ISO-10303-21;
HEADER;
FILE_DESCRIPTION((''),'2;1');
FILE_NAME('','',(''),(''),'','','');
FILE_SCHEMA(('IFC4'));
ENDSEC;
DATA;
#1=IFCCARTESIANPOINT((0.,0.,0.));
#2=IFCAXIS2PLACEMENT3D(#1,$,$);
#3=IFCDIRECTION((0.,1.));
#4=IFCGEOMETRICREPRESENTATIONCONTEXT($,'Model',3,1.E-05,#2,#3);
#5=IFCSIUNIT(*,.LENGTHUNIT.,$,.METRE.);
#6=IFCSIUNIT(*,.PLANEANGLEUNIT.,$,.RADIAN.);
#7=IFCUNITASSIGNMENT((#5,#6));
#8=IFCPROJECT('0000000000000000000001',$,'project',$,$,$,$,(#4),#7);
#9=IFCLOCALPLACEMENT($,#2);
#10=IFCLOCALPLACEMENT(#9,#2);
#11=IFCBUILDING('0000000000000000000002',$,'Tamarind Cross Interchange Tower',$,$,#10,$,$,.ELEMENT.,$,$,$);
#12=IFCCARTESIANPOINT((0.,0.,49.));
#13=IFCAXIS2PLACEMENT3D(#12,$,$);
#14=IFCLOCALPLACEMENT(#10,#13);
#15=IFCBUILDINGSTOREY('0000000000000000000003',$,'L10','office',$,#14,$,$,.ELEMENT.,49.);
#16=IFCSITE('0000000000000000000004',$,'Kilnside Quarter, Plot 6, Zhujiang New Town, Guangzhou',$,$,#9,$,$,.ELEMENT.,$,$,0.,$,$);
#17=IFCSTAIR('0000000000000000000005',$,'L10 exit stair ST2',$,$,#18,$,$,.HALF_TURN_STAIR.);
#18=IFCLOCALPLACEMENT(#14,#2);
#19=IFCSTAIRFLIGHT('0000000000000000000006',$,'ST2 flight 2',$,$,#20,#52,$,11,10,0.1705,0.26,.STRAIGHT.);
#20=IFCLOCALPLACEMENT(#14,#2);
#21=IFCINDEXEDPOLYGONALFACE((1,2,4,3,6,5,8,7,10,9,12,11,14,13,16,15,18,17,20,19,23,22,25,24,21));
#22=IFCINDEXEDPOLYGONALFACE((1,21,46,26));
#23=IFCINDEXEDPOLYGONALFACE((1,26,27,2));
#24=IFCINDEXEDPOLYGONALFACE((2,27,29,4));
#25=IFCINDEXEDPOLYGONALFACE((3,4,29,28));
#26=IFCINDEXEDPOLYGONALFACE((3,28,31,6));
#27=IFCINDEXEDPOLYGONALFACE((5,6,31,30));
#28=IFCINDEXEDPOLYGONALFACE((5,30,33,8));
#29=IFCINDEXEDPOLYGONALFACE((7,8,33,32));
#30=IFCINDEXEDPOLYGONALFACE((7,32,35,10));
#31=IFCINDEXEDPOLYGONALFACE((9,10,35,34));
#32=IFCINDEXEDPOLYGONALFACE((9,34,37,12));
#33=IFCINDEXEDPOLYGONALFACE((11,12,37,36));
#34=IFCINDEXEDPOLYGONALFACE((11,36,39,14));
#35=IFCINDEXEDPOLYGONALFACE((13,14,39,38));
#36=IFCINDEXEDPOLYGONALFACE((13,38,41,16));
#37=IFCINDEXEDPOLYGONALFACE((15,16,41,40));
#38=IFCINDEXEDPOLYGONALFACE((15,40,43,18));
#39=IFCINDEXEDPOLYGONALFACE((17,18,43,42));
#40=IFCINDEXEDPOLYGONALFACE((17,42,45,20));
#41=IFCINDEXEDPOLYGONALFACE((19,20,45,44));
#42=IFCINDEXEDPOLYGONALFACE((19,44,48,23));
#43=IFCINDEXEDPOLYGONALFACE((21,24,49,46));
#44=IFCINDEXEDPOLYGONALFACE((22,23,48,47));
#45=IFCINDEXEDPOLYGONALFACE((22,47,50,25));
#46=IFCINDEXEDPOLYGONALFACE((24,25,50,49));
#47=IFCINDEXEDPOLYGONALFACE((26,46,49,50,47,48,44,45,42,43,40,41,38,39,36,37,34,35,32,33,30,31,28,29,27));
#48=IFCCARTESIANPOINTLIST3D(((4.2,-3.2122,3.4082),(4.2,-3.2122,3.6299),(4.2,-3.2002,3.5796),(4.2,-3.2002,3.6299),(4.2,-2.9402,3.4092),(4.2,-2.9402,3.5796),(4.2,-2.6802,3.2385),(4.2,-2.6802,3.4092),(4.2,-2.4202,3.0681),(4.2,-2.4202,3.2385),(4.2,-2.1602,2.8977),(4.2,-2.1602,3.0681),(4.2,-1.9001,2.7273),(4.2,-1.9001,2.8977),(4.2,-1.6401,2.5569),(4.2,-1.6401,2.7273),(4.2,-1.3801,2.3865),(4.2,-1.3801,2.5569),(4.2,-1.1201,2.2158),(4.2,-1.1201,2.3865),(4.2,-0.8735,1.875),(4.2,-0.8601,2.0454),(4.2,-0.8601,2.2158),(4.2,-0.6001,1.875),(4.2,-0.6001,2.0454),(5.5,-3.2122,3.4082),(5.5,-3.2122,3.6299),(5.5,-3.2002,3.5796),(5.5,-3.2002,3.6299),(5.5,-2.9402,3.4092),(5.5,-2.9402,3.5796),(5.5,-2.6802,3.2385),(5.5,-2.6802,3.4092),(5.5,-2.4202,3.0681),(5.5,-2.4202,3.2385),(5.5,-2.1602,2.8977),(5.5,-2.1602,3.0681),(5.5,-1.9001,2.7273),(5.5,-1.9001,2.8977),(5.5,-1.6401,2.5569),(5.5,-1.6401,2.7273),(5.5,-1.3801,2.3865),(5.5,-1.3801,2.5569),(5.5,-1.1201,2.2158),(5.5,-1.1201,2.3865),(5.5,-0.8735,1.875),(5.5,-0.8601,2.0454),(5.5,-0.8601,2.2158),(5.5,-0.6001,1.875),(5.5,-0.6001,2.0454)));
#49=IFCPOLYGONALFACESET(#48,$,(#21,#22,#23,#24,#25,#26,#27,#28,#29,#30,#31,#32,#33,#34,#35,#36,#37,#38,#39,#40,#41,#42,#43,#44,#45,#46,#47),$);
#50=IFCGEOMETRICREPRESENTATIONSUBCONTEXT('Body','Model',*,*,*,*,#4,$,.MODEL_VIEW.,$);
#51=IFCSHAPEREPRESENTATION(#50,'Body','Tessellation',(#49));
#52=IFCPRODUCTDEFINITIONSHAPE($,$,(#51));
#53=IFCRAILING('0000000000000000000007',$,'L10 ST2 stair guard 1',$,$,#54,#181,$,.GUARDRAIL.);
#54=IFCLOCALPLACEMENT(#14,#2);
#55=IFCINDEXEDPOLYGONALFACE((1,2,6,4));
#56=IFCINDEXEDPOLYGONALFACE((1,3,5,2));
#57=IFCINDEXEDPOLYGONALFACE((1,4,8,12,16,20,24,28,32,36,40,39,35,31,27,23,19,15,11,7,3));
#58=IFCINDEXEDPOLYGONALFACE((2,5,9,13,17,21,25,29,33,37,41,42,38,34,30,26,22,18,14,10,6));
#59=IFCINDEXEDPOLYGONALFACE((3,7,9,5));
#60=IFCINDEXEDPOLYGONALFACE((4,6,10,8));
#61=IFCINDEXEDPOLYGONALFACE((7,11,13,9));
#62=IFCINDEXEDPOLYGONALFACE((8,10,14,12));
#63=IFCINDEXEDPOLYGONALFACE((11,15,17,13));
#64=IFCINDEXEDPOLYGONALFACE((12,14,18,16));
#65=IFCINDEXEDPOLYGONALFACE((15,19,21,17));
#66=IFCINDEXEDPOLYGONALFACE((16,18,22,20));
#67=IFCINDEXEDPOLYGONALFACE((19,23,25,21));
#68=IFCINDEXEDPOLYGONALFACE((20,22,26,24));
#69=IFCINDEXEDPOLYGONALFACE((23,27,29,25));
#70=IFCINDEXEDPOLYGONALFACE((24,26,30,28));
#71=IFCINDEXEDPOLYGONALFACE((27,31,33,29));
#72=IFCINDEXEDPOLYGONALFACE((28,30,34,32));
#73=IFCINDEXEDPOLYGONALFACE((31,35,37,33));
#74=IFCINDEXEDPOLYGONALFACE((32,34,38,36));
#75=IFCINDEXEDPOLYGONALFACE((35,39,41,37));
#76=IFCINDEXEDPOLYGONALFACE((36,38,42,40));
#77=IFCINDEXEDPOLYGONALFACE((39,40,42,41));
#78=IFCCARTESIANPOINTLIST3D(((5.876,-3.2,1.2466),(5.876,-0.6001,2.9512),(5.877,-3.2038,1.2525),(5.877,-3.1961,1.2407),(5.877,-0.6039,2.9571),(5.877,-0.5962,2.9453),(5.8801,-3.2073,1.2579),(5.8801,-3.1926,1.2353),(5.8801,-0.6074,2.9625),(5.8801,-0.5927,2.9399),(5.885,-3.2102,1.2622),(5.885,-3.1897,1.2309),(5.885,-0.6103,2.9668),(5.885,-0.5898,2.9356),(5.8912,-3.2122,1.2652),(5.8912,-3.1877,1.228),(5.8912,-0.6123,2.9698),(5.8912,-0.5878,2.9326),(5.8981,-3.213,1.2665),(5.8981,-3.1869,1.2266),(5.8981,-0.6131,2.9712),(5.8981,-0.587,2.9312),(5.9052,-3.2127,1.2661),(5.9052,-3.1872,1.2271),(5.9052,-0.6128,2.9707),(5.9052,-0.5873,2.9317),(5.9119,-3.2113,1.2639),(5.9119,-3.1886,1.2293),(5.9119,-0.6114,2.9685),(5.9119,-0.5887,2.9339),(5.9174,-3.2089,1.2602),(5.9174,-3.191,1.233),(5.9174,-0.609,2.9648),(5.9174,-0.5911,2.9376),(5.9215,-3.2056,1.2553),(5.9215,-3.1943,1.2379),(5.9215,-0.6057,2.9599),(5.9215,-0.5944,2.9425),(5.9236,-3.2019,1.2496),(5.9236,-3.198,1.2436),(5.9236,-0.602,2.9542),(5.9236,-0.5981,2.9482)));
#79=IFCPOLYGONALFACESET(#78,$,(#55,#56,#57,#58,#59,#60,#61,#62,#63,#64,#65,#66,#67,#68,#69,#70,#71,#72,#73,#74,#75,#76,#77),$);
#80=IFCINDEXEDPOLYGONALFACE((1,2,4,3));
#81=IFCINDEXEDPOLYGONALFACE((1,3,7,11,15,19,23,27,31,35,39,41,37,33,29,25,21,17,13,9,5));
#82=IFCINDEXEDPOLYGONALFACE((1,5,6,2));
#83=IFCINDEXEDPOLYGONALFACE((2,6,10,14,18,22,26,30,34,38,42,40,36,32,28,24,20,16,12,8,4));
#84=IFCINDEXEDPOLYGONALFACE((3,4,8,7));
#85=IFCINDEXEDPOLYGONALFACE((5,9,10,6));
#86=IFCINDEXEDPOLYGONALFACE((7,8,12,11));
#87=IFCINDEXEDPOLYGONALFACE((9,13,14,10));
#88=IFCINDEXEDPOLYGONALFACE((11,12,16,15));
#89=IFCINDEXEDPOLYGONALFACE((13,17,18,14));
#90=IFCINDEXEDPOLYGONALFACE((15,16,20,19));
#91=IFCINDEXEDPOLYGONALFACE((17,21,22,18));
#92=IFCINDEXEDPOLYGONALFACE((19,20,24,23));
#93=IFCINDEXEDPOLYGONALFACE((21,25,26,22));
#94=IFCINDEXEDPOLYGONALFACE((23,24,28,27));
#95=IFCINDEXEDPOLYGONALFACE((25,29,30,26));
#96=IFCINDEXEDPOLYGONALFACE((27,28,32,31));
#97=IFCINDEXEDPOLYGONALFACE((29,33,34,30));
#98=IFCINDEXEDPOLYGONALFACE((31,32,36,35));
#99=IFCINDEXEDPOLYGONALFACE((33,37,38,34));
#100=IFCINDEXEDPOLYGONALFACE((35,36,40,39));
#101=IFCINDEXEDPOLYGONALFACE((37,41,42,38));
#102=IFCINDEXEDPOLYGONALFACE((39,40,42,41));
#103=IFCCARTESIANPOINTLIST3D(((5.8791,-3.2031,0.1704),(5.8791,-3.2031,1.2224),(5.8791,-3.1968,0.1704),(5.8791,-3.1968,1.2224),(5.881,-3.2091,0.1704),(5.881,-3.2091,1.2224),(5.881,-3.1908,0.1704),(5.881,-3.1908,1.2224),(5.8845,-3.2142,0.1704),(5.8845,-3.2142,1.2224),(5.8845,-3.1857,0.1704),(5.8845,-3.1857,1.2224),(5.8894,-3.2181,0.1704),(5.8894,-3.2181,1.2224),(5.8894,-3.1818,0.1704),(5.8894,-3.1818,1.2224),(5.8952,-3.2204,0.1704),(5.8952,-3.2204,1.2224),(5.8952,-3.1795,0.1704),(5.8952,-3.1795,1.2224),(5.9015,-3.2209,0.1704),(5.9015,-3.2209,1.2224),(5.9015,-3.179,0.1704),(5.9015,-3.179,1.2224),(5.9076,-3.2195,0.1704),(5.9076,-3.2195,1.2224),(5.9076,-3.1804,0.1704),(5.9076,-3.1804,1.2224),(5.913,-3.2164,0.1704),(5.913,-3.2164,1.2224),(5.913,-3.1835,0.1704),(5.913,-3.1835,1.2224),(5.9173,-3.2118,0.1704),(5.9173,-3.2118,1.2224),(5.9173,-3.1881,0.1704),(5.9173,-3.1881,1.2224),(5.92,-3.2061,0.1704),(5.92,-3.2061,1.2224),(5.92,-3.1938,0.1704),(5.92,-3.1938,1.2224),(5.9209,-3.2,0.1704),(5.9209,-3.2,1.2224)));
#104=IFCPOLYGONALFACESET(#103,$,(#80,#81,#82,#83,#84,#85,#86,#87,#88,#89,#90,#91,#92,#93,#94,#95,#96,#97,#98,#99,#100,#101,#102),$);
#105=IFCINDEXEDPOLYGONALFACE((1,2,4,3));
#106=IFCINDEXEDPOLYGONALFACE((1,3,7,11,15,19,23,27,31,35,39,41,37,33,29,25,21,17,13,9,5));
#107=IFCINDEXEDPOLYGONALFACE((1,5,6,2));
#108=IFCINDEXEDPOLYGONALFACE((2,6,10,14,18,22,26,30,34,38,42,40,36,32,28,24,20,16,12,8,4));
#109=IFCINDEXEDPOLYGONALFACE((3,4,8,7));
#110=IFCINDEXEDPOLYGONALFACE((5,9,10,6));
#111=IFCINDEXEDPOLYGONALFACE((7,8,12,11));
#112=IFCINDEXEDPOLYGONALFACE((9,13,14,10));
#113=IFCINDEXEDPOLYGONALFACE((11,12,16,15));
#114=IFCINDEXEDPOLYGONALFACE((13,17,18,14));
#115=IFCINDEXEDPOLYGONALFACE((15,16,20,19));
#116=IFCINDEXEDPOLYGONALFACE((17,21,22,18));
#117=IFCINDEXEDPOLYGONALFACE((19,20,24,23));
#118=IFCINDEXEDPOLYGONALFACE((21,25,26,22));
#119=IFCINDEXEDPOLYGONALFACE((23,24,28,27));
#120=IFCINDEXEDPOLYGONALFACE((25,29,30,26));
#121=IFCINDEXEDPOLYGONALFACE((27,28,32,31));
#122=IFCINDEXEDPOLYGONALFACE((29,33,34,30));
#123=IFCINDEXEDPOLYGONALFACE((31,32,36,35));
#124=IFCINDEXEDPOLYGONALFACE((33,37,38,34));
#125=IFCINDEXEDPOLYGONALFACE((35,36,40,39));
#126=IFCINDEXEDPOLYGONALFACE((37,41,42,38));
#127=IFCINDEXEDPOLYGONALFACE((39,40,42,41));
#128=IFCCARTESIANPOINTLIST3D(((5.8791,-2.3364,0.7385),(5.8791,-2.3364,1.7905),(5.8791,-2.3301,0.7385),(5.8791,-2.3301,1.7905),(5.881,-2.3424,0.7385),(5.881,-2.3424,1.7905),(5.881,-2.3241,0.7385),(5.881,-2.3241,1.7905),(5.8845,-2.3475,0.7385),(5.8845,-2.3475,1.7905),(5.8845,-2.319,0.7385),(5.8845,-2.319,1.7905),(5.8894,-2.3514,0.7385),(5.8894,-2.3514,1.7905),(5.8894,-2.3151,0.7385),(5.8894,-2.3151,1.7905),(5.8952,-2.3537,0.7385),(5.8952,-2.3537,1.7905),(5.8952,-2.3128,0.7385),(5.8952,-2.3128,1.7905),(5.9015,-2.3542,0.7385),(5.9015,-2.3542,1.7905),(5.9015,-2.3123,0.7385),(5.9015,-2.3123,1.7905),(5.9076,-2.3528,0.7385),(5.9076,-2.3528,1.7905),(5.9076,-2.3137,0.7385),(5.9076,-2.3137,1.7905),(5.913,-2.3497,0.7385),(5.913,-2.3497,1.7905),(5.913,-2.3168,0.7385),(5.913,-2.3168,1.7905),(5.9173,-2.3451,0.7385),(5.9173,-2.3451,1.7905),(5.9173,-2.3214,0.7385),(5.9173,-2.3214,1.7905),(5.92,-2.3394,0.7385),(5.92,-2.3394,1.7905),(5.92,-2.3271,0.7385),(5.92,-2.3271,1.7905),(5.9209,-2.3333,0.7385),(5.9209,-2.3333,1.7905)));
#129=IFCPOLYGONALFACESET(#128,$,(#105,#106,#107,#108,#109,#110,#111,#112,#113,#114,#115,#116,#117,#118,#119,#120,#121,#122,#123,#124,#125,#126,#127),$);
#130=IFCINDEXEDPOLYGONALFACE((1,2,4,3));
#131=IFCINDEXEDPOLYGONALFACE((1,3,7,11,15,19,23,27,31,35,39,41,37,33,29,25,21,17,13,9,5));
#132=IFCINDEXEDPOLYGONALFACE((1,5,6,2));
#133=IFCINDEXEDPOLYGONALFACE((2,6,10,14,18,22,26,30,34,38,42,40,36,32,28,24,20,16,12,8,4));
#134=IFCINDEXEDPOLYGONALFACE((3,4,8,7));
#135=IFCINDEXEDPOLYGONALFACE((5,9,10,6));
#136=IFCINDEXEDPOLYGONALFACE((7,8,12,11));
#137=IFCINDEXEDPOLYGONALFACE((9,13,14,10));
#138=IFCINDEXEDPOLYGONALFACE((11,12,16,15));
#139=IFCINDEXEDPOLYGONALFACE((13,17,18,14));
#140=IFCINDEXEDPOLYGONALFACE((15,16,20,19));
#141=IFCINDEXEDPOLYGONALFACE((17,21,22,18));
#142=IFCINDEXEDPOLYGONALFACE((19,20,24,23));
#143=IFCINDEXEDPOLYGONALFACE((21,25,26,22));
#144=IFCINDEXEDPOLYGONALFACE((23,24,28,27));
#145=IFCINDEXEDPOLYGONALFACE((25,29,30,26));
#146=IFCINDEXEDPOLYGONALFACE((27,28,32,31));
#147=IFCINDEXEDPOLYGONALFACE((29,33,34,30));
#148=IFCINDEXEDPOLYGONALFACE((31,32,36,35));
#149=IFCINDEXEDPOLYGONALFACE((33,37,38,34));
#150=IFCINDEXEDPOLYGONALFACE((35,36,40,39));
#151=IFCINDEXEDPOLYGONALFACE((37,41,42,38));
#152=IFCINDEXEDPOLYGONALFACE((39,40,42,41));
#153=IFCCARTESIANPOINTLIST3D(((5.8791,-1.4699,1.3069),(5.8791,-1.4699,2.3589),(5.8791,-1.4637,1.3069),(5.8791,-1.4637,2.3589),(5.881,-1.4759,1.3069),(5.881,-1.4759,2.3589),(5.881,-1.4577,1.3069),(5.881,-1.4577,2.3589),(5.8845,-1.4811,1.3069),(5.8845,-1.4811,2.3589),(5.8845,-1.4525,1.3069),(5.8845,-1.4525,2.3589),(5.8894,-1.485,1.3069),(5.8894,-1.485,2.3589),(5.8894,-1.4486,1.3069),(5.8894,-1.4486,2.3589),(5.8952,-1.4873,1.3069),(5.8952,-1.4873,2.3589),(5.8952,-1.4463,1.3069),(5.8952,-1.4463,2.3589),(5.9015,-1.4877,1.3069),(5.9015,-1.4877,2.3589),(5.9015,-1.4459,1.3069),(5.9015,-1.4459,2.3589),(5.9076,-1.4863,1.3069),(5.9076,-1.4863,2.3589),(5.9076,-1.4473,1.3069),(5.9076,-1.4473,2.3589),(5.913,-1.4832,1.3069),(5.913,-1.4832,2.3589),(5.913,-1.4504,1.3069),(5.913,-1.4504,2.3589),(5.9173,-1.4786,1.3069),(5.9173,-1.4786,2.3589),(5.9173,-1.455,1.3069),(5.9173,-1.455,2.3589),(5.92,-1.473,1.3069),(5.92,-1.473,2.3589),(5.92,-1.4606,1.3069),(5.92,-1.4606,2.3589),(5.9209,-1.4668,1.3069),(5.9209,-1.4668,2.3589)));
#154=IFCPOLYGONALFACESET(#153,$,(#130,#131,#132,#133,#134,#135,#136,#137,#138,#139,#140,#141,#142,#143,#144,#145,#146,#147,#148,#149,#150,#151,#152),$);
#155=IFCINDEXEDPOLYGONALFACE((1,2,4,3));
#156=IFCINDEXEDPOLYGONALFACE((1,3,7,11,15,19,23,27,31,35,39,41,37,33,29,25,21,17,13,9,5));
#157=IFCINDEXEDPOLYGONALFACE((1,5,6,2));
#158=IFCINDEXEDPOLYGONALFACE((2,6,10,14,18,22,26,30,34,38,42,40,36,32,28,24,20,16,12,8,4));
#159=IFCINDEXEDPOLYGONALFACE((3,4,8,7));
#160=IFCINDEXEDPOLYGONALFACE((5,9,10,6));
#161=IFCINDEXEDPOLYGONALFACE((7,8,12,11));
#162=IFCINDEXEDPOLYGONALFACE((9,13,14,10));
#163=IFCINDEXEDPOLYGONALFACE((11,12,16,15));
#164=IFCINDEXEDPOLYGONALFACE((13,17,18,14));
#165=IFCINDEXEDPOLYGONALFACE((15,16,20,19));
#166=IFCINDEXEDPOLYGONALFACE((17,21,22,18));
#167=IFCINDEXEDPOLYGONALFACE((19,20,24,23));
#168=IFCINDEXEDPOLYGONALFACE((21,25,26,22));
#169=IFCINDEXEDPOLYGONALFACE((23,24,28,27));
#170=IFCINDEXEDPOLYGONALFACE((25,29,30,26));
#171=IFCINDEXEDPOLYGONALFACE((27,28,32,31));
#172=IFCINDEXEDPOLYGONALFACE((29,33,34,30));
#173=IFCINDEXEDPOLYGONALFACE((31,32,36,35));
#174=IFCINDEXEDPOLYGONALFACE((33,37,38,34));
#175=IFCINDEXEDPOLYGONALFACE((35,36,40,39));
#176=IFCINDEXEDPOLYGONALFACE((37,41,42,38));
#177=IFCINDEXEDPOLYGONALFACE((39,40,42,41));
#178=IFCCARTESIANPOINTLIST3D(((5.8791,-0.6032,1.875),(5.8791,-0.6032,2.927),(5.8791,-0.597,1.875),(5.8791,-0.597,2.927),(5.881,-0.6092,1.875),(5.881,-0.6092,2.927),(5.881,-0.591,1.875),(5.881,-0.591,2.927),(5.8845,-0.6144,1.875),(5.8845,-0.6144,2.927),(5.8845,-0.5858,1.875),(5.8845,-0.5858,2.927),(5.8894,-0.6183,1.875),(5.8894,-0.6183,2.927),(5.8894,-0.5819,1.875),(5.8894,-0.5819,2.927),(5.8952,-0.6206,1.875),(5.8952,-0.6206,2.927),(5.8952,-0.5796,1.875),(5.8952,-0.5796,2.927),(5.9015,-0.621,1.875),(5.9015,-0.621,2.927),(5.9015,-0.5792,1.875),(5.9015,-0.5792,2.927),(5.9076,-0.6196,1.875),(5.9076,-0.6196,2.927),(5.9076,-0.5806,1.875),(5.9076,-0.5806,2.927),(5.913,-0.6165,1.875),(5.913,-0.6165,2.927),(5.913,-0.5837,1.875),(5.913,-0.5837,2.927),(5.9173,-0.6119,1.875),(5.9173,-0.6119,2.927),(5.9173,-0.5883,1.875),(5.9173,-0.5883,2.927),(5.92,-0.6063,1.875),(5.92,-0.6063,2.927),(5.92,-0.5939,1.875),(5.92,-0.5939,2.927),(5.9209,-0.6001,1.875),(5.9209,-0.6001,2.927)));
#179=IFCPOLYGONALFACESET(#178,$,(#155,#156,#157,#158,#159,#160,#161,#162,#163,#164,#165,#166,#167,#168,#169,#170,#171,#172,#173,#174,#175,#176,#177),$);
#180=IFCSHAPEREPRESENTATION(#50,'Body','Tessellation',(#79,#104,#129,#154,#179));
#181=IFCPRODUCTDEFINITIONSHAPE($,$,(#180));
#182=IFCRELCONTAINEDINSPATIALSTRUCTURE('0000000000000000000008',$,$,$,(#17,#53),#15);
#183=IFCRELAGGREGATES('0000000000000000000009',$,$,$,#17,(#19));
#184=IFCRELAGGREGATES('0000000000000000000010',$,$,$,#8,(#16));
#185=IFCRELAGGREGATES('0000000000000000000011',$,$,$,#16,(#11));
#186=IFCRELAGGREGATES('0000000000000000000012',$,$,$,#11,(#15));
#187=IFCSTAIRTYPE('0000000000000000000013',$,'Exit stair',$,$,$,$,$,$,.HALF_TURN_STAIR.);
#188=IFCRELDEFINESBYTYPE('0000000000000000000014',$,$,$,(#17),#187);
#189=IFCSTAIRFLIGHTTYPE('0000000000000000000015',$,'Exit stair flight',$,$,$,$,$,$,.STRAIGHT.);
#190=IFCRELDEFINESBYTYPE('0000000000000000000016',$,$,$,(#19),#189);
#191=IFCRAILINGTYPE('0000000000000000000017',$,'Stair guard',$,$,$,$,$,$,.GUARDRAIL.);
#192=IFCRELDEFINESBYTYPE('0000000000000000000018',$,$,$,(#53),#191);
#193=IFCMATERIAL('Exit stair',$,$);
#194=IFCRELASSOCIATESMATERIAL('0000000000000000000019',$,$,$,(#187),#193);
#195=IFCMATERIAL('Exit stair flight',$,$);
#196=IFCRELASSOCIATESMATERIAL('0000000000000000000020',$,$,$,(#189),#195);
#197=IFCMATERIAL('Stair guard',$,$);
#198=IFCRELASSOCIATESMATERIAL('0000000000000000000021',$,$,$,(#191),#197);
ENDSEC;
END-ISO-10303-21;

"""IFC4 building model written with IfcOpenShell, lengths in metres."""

from ifc_helpers import new_model, si_unit, direction, frame, origin, origin_2d, place, context, subcontext, project, spatial, polyline, circle, outline, extrude, material, type_object, element, aggregate, save


model = new_model("IFC4")

# Units and contexts
model_context = context("Model", 3, precision=1e-05, world=origin(), true_north=direction((0.0, 1.0)))
body_context = subcontext(model_context, "Body", "Model", "MODEL_VIEW")
ifc_project = project(units=[si_unit("LENGTHUNIT", "METRE"), si_unit("PLANEANGLEUNIT", "RADIAN")], contexts=[model_context])

# Site, building, storey
site_placement = place(None, origin())
site = spatial("IfcSite", under=ifc_project, at=site_placement, Name="Kilnside Quarter, Plot 6, Zhujiang New Town, Guangzhou", CompositionType="ELEMENT", RefElevation=0.0)
building_placement = place(site_placement, origin())
building = spatial("IfcBuilding", under=site, at=building_placement, Name="Tamarind Cross Interchange Tower", CompositionType="ELEMENT")
storey_placement = place(building_placement, frame((0.0, 0.0, 49.0)))
storey = spatial("IfcBuildingStorey", under=building, at=storey_placement, Name="L10", Description="office", CompositionType="ELEMENT", Elevation=49.0)

# Stair, stair flight
ifc_material_1 = material(Name="Exit stair")
stair_type = type_object("IfcStairType", Name="Exit stair", PredefinedType="HALF_TURN_STAIR", material=ifc_material_1)
stair_placement = place(storey_placement, origin())
stair = element("IfcStair", 1, at=stair_placement, inside=storey, type_object=stair_type, Name="L10 exit stair ST2", PredefinedType="HALF_TURN_STAIR")
ifc_material_2 = material(Name="Exit stair flight")
stair_flight_type = type_object("IfcStairFlightType", Name="Exit stair flight", PredefinedType="STRAIGHT", material=ifc_material_2)
stair_flight_1_placement = place(storey_placement, frame((4.8501, -0.6001, 1.875), z_axis=(0.0, 0.0, 1.0), x_axis=(0.0, -1.0, 0.0)))
stair_flight_1 = element("IfcStairFlight", 2, at=stair_flight_1_placement, type_object=stair_flight_type, Name="ST2 flight 2", NumberOfRisers=11, NumberOfTreads=10, PredefinedType="STRAIGHT", RiserHeight=0.1705, TreadLength=0.26, context=body_context, shape_type="SweptSolid", body=[
    extrude(outline(polyline([(0.0, 0.0), (0.0, 0.1704), (0.26, 0.1704), (0.26, 0.3408), (0.52, 0.3408), (0.52, 0.5115), (0.78, 0.5115), (0.78, 0.6819), (1.04, 0.6819), (1.04, 0.8523), (1.3, 0.8523), (1.3, 1.0227), (1.5601, 1.0227), (1.5601, 1.1931), (1.8201, 1.1931), (1.8201, 1.3635), (2.0801, 1.3635), (2.0801, 1.5342), (2.3401, 1.5342), (2.3401, 1.7046), (2.6001, 1.7046), (2.6001, 1.7549), (2.6121, 1.7549), (2.6121, 1.5332), (0.2734, 0.0), (0.0, 0.0)])), frame((0.0, 0.6499, 0.0), z_axis=(0.0, -1.0, 0.0), x_axis=(1.0, 0.0, 0.0)), (0.0, 0.0, 1.0), 1.3),
])
aggregate(stair, [stair_flight_1])

# Railing
ifc_material_3 = material(Name="Stair guard")
railing_type_1 = type_object("IfcRailingType", Name="Stair guard", PredefinedType="GUARDRAIL", material=ifc_material_3)
railing_1_placement = place(storey_placement, frame((5.8999, -3.2, 0.1704)))
element("IfcRailing", 3, at=railing_1_placement, inside=storey, type_object=railing_type_1, Name="L10 ST2 stair guard 1", PredefinedType="GUARDRAIL", context=body_context, shape_type="SweptSolid", body=[
    extrude(circle(Radius=0.0239, at=origin_2d()), frame((0.0, 0.0, 1.0762), z_axis=(0.0, 0.836279, 0.548305), x_axis=(-1.0, 0.0, 0.0)), (0.0, 0.0, 1.0), 3.1089),
    extrude(circle(Radius=0.021, at=origin_2d()), origin(), (0.0, 0.0, 1.0), 1.052),
    extrude(circle(Radius=0.021, at=origin_2d()), frame((0.0, 0.8667, 0.5681)), (0.0, 0.0, 1.0), 1.052),
    extrude(circle(Radius=0.021, at=origin_2d()), frame((0.0, 1.7332, 1.1365)), (0.0, 0.0, 1.0), 1.052),
    extrude(circle(Radius=0.021, at=origin_2d()), frame((0.0, 2.5999, 1.7046)), (0.0, 0.0, 1.0), 1.052),
])

save(model, "model.ifc")
